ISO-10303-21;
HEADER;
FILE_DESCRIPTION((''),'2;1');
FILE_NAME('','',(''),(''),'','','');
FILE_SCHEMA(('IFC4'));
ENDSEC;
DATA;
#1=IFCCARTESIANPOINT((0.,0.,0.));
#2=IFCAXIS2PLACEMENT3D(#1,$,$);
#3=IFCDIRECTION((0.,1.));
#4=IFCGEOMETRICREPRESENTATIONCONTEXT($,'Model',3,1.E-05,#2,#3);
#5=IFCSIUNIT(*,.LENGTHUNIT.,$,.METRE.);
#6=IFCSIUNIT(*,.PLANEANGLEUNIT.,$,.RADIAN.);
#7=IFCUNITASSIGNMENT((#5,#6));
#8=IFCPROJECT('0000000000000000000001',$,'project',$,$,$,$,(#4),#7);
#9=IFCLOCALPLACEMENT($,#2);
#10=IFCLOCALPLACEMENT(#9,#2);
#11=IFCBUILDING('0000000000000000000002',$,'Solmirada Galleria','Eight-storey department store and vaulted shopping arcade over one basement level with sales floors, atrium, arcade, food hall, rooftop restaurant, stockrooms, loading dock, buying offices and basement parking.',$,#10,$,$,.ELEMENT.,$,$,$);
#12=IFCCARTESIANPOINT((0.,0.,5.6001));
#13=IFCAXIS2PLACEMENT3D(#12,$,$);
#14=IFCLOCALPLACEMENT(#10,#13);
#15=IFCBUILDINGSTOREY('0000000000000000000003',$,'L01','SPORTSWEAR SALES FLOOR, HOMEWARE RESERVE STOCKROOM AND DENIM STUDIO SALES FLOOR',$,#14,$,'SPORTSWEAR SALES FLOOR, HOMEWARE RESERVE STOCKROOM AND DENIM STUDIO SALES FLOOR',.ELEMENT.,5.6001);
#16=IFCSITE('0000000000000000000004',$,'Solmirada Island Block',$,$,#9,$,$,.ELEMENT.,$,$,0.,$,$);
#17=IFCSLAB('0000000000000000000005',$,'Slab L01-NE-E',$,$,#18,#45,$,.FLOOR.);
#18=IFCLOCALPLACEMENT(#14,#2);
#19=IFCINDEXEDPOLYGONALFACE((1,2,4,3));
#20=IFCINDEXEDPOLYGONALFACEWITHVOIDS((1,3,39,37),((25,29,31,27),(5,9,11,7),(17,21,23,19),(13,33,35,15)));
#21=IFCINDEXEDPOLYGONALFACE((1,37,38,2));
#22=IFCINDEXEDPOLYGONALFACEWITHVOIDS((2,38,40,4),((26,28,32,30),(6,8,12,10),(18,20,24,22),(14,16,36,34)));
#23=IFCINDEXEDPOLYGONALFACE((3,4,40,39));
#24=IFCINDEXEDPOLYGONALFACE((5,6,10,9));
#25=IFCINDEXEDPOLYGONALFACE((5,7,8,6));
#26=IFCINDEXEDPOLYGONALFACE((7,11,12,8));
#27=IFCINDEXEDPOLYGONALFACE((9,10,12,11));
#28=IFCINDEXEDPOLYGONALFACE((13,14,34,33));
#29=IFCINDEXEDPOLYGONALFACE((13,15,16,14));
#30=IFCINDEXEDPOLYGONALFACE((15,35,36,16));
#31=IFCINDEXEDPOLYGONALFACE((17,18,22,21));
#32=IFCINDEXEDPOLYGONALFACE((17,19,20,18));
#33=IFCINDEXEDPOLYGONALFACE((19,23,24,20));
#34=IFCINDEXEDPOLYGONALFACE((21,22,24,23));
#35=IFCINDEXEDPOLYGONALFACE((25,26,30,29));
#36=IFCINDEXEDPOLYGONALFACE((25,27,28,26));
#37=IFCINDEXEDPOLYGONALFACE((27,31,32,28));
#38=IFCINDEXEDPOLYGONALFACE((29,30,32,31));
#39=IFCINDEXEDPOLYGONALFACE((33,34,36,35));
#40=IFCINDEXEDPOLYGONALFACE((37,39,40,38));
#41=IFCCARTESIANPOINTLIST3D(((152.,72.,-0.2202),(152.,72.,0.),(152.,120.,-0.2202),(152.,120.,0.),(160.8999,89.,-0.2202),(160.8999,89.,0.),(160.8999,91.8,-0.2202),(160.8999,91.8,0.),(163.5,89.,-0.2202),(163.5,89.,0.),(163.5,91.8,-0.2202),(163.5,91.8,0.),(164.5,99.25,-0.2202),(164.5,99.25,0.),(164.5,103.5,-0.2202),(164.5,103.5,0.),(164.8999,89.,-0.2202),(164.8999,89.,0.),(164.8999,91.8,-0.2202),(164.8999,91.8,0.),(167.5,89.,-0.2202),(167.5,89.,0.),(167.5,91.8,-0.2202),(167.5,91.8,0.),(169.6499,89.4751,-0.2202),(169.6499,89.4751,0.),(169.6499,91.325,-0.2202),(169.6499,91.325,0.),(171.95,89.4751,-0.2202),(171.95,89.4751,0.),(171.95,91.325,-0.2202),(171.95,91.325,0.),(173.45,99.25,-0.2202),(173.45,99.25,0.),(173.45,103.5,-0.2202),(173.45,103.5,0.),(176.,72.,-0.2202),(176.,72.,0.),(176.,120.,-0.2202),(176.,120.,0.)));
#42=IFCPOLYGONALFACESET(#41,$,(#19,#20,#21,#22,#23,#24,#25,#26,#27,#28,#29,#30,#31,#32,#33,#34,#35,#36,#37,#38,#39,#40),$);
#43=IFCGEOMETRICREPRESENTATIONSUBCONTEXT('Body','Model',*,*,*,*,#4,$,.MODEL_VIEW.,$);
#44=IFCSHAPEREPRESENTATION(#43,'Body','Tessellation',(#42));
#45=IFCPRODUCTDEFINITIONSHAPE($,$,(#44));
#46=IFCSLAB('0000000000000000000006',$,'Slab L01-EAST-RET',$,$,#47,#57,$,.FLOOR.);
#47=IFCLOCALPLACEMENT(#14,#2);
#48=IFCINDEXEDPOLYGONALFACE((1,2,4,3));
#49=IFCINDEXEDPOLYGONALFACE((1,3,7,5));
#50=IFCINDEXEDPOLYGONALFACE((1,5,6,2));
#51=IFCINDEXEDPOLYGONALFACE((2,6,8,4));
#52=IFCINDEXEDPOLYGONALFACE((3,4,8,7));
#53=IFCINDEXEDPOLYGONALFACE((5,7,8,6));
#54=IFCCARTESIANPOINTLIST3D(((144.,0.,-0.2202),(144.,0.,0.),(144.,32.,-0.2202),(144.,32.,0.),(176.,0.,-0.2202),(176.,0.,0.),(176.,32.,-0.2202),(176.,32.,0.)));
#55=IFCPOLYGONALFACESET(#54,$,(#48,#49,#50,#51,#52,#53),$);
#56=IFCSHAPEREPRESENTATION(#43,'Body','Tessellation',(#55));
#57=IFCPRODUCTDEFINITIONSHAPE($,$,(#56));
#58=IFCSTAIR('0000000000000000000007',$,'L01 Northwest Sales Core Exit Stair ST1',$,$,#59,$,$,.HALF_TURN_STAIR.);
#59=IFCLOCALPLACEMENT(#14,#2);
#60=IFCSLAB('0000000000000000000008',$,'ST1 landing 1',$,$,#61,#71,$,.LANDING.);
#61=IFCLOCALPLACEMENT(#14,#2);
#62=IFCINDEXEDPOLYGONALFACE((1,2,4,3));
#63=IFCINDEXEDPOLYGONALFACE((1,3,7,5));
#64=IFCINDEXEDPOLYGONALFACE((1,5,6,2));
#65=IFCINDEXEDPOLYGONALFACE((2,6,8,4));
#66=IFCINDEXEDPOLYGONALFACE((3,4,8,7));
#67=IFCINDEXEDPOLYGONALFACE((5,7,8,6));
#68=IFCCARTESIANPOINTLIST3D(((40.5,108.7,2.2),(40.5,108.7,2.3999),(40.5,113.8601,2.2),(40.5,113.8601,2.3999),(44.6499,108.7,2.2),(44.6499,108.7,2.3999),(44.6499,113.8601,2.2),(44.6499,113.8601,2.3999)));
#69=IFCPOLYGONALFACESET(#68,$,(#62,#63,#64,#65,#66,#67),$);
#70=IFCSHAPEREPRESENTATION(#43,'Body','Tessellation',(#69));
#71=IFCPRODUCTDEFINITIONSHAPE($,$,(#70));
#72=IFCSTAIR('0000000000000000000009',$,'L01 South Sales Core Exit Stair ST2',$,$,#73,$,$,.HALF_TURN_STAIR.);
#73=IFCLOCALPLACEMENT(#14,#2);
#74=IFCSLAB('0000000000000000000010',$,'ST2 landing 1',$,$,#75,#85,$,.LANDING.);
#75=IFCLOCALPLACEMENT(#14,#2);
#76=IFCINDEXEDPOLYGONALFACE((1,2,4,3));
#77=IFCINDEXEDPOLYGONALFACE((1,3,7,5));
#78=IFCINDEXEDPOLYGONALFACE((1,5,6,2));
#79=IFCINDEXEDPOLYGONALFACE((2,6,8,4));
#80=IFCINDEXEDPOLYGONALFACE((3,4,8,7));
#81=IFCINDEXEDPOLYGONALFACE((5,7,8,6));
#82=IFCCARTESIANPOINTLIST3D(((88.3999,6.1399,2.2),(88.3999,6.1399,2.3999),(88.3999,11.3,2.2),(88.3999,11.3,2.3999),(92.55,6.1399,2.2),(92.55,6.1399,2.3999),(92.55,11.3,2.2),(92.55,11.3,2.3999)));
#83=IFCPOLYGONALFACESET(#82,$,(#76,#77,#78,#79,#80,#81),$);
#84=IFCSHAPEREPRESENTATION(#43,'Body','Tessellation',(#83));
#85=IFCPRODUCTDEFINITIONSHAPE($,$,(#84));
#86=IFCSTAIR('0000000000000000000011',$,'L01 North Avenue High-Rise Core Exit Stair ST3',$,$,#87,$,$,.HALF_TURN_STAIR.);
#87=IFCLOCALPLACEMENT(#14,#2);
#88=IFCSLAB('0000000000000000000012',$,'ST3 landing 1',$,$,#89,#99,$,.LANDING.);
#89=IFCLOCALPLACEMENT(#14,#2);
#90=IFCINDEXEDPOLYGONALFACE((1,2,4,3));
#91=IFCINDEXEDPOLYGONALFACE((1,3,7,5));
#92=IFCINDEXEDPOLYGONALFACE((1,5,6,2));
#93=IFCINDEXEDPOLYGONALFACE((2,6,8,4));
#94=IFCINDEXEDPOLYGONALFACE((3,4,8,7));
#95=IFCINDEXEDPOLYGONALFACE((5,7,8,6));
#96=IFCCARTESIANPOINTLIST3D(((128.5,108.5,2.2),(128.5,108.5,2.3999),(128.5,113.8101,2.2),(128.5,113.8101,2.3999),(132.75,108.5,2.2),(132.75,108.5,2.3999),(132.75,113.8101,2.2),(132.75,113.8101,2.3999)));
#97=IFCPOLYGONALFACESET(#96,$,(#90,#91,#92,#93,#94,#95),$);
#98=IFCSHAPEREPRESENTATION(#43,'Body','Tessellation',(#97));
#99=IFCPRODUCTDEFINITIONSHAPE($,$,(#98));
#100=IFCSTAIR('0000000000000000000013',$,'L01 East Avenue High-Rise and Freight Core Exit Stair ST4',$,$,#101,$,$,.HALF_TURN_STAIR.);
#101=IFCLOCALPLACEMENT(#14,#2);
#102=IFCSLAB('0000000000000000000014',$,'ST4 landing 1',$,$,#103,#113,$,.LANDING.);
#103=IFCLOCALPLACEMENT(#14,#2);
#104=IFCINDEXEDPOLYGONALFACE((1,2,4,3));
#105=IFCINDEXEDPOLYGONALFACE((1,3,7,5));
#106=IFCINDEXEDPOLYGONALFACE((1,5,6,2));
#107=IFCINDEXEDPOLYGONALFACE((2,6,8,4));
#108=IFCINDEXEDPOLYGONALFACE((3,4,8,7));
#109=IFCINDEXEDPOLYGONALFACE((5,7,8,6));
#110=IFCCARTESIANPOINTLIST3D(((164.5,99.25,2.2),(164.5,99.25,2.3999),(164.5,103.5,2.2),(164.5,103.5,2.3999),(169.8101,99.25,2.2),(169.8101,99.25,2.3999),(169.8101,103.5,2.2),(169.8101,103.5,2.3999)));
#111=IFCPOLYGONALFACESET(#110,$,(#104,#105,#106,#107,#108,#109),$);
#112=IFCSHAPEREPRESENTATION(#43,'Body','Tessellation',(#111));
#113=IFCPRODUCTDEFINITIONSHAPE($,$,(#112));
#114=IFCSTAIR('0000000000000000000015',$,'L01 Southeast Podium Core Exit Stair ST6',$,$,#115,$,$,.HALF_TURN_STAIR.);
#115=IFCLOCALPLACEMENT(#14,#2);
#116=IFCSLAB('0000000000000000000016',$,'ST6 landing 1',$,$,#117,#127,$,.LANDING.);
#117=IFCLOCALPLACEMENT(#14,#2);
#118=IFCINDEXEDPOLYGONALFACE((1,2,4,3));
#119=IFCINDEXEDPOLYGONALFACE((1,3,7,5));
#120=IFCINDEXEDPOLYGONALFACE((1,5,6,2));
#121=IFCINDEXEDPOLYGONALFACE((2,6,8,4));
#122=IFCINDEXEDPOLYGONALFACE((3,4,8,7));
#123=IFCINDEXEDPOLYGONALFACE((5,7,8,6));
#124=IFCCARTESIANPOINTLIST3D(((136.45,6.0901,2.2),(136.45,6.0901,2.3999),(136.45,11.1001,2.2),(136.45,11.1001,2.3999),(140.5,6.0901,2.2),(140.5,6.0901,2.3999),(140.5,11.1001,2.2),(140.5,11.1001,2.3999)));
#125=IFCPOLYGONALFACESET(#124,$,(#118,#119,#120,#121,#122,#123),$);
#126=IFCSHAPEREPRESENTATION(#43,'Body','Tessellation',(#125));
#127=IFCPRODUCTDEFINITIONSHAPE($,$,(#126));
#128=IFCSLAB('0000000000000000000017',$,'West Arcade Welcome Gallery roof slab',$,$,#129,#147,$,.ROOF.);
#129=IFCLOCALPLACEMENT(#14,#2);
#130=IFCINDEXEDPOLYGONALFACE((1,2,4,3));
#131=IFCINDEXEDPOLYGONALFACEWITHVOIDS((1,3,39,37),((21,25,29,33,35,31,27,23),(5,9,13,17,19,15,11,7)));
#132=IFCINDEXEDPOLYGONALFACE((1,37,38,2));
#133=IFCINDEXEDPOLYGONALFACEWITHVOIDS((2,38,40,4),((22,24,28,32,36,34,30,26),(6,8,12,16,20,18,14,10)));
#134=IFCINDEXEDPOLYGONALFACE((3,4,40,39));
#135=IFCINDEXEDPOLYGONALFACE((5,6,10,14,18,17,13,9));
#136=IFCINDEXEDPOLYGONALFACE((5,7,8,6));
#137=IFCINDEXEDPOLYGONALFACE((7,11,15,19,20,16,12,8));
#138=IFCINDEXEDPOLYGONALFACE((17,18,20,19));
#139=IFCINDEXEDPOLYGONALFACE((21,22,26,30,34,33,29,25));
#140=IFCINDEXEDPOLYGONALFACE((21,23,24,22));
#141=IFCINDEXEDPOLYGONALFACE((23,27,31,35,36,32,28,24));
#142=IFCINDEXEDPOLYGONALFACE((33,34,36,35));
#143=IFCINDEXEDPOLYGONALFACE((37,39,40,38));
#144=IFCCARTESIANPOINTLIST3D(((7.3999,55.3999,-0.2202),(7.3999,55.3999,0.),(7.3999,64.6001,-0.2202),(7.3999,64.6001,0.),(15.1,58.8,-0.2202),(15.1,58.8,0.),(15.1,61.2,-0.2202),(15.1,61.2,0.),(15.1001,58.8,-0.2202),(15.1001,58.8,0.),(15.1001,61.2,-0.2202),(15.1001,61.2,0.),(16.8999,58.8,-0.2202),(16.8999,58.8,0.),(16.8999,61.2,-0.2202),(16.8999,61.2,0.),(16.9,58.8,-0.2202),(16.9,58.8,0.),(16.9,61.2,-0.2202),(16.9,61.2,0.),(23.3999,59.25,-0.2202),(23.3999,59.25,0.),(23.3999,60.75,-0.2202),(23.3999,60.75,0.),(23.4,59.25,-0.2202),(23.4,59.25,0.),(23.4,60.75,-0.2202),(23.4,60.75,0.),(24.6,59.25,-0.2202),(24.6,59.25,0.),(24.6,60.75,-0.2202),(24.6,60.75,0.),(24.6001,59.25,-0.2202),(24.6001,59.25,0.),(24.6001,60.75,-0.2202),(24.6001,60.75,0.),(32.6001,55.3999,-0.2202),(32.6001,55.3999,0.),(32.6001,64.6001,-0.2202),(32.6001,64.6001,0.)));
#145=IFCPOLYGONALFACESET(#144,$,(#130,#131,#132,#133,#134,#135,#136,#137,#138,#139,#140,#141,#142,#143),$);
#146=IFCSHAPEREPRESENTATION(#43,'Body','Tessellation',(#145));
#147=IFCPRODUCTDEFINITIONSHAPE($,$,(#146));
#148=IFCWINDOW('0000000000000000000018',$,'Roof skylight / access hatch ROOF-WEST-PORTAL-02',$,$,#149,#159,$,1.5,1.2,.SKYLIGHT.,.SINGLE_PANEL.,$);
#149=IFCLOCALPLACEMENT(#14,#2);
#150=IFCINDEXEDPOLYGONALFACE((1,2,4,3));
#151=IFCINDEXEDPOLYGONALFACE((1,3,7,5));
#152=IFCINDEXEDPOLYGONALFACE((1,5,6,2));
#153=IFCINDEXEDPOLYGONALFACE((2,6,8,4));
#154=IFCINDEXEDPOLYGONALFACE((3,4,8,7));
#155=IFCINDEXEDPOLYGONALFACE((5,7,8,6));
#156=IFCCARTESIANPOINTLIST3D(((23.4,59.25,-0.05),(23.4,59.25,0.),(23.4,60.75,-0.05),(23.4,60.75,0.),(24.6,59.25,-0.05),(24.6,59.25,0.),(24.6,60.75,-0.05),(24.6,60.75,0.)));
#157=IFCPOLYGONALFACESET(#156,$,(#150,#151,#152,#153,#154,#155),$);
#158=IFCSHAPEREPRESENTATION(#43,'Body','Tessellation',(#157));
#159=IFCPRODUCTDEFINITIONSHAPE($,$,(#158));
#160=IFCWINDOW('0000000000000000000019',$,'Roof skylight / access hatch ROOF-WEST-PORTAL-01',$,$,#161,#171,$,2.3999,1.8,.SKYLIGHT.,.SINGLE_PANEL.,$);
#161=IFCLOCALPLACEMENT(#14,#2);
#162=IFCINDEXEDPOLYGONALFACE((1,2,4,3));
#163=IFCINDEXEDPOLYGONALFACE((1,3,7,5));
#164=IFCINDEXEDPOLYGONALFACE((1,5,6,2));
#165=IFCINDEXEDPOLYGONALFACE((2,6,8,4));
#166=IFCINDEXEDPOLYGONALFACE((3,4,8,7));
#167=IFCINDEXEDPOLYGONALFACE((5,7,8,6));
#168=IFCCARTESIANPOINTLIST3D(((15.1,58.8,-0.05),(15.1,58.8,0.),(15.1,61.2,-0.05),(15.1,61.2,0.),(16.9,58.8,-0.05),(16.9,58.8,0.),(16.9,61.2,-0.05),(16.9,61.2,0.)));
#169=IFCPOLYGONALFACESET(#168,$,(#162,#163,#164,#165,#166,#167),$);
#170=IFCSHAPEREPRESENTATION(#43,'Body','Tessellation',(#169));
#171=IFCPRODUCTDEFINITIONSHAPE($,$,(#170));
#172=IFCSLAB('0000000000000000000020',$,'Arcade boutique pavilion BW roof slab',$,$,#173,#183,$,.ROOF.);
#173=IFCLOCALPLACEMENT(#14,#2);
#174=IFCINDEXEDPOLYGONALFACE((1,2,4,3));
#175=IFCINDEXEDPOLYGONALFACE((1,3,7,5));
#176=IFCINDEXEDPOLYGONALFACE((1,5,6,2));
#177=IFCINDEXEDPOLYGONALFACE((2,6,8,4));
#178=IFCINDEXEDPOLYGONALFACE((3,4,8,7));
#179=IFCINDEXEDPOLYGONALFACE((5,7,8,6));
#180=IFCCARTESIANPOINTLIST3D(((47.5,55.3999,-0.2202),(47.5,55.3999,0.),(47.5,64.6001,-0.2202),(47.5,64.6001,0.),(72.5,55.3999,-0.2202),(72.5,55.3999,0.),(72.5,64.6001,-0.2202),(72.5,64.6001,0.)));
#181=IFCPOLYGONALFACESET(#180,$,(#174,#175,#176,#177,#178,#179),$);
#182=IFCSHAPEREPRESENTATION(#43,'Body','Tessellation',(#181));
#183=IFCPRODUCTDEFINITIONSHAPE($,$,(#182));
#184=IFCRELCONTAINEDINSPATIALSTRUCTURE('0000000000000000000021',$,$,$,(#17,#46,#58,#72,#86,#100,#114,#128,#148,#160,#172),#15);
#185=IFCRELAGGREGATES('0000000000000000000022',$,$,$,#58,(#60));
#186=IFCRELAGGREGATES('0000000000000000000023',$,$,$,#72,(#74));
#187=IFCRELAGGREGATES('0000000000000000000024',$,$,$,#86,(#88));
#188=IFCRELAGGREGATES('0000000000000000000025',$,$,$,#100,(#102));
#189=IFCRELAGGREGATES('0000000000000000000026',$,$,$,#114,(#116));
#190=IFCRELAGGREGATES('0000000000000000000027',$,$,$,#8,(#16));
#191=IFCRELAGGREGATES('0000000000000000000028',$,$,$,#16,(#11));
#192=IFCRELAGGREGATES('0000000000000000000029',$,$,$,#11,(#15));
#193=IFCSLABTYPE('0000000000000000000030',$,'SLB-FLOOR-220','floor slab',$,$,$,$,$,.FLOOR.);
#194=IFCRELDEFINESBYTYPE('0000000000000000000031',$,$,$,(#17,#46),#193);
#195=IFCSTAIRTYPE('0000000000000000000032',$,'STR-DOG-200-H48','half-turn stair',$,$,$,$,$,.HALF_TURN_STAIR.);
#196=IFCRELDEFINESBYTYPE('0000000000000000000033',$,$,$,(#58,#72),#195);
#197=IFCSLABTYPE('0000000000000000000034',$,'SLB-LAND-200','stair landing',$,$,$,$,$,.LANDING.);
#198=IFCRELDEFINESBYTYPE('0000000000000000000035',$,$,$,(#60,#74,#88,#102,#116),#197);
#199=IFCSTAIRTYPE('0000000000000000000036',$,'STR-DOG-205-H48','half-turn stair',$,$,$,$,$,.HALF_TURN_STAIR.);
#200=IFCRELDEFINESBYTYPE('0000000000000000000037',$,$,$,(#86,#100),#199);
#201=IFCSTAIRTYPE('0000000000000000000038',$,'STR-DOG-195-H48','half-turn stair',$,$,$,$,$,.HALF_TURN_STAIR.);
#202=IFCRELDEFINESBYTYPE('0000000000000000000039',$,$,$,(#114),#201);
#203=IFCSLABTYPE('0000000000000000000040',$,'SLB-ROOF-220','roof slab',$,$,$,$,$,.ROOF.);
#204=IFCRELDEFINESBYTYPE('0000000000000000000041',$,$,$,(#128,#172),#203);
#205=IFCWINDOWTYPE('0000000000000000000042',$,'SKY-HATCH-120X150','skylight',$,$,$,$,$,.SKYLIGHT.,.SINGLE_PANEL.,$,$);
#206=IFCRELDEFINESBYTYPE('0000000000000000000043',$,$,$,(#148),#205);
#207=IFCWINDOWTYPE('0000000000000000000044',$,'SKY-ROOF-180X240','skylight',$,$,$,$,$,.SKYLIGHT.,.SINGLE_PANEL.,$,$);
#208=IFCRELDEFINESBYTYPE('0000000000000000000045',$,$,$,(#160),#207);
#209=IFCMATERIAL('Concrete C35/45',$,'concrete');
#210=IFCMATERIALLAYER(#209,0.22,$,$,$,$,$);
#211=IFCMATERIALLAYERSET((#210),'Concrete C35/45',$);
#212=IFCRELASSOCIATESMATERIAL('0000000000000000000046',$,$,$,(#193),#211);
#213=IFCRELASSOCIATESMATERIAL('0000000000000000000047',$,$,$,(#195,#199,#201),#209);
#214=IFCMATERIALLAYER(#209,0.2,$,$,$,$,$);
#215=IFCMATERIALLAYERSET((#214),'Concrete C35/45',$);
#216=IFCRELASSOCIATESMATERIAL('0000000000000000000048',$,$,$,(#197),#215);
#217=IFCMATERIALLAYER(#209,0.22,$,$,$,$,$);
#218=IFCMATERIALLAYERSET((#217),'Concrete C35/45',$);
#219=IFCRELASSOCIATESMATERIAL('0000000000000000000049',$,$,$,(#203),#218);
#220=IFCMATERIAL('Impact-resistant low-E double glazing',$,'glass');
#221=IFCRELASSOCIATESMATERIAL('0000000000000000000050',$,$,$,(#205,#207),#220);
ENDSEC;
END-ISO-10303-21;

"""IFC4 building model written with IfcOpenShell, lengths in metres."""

from ifc_helpers import new_model, si_unit, direction, frame, origin, origin_2d, place, context, subcontext, project, spatial, polyline, rectangle, outline, extrude, material, layer, layer_set, type_object, element, fill, aggregate, save


model = new_model("IFC4")

# Units and contexts
model_context = context("Model", 3, precision=1e-05, world=origin(), true_north=direction((0.0, 1.0)))
body_context = subcontext(model_context, "Body", "Model", "MODEL_VIEW")
ifc_project = project(units=[si_unit("LENGTHUNIT", "METRE"), si_unit("PLANEANGLEUNIT", "RADIAN")], contexts=[model_context])

# Site, building, storey
site_placement = place(None, origin())
site = spatial("IfcSite", under=ifc_project, at=site_placement, Name="Solmirada Island Block", CompositionType="ELEMENT", RefElevation=0.0)
building_placement = place(site_placement, origin())
building = spatial("IfcBuilding", under=site, at=building_placement, Name="Solmirada Galleria", Description="Eight-storey department store and vaulted shopping arcade over one basement level with sales floors, atrium, arcade, food hall, rooftop restaurant, stockrooms, loading dock, buying offices and basement parking.", CompositionType="ELEMENT")
storey_placement = place(building_placement, frame((0.0, 0.0, 5.6001)))
storey = spatial("IfcBuildingStorey", under=building, at=storey_placement, Name="L01", Description="SPORTSWEAR SALES FLOOR, HOMEWARE RESERVE STOCKROOM AND DENIM STUDIO SALES FLOOR", LongName="SPORTSWEAR SALES FLOOR, HOMEWARE RESERVE STOCKROOM AND DENIM STUDIO SALES FLOOR", CompositionType="ELEMENT", Elevation=5.6001)

# Slabs
ifc_material_1 = material(Name="Concrete C35/45", Category="concrete")
ifc_layer_1 = layer(ifc_material_1, 0.22)
ifc_layer_set_1 = layer_set([ifc_layer_1], Name="Concrete C35/45")
slab_type_1 = type_object("IfcSlabType", Name="SLB-FLOOR-220", Description="floor slab", PredefinedType="FLOOR", material=ifc_layer_set_1)
slab_1_placement = place(storey_placement, frame((0.0, 0.0, -0.2202)))
element("IfcSlab", 1, at=slab_1_placement, inside=storey, type_object=slab_type_1, Name="Slab L01-NE-E", PredefinedType="FLOOR", context=body_context, shape_type="SweptSolid", body=[
    extrude(outline(polyline([(152.0, 72.0), (176.0, 72.0), (176.0, 120.0), (152.0, 120.0), (152.0, 72.0)]), holes=[polyline([(164.5, 99.25), (173.45, 99.25), (173.45, 103.5), (164.5, 103.5), (164.5, 99.25)]), polyline([(169.6499, 89.4751), (171.95, 89.4751), (171.95, 91.325), (169.6499, 91.325), (169.6499, 89.4751)]), polyline([(164.8999, 89.0), (167.5, 89.0), (167.5, 91.8), (164.8999, 91.8), (164.8999, 89.0)]), polyline([(160.8999, 89.0), (163.5, 89.0), (163.5, 91.8), (160.8999, 91.8), (160.8999, 89.0)])]), origin(), (0.0, 0.0, 1.0), 0.2202),
])
slab_2_placement = place(storey_placement, frame((0.0, 0.0, -0.2202)))
element("IfcSlab", 2, at=slab_2_placement, inside=storey, type_object=slab_type_1, Name="Slab L01-EAST-RET", PredefinedType="FLOOR", context=body_context, shape_type="SweptSolid", body=[
    extrude(outline(polyline([(144.0, 0.0), (176.0, 0.0), (176.0, 32.0), (144.0, 32.0), (144.0, 0.0)])), origin(), (0.0, 0.0, 1.0), 0.2202),
])

# Stairs, slabs
stair_type_1 = type_object("IfcStairType", Name="STR-DOG-200-H48", Description="half-turn stair", PredefinedType="HALF_TURN_STAIR", material=ifc_material_1)
stair_1_placement = place(storey_placement, origin())
stair_1 = element("IfcStair", 3, at=stair_1_placement, inside=storey, type_object=stair_type_1, Name="L01 Northwest Sales Core Exit Stair ST1", PredefinedType="HALF_TURN_STAIR")
ifc_layer_2 = layer(ifc_material_1, 0.2)
ifc_layer_set_2 = layer_set([ifc_layer_2], Name="Concrete C35/45")
slab_type_2 = type_object("IfcSlabType", Name="SLB-LAND-200", Description="stair landing", PredefinedType="LANDING", material=ifc_layer_set_2)
slab_3_placement = place(storey_placement, frame((0.0, 0.0, 2.2)))
slab_3 = element("IfcSlab", 4, at=slab_3_placement, type_object=slab_type_2, Name="ST1 landing 1", PredefinedType="LANDING", context=body_context, shape_type="SweptSolid", body=[
    extrude(outline(polyline([(40.5, 113.8601), (40.5, 108.7), (44.6499, 108.7), (44.6499, 113.8601), (40.5, 113.8601)])), origin(), (0.0, 0.0, 1.0), 0.2),
])
aggregate(stair_1, [slab_3])
stair_2_placement = place(storey_placement, origin())
stair_2 = element("IfcStair", 5, at=stair_2_placement, inside=storey, type_object=stair_type_1, Name="L01 South Sales Core Exit Stair ST2", PredefinedType="HALF_TURN_STAIR")
slab_4_placement = place(storey_placement, frame((0.0, 0.0, 2.2)))
slab_4 = element("IfcSlab", 6, at=slab_4_placement, type_object=slab_type_2, Name="ST2 landing 1", PredefinedType="LANDING", context=body_context, shape_type="SweptSolid", body=[
    extrude(outline(polyline([(92.55, 6.1399), (92.55, 11.3), (88.3999, 11.3), (88.3999, 6.1399), (92.55, 6.1399)])), origin(), (0.0, 0.0, 1.0), 0.2),
])
aggregate(stair_2, [slab_4])
stair_type_2 = type_object("IfcStairType", Name="STR-DOG-205-H48", Description="half-turn stair", PredefinedType="HALF_TURN_STAIR", material=ifc_material_1)
stair_3_placement = place(storey_placement, origin())
stair_3 = element("IfcStair", 7, at=stair_3_placement, inside=storey, type_object=stair_type_2, Name="L01 North Avenue High-Rise Core Exit Stair ST3", PredefinedType="HALF_TURN_STAIR")
slab_5_placement = place(storey_placement, frame((0.0, 0.0, 2.2)))
slab_5 = element("IfcSlab", 8, at=slab_5_placement, type_object=slab_type_2, Name="ST3 landing 1", PredefinedType="LANDING", context=body_context, shape_type="SweptSolid", body=[
    extrude(outline(polyline([(128.5, 113.8101), (128.5, 108.5), (132.75, 108.5), (132.75, 113.8101), (128.5, 113.8101)])), origin(), (0.0, 0.0, 1.0), 0.2),
])
aggregate(stair_3, [slab_5])
stair_4_placement = place(storey_placement, origin())
stair_4 = element("IfcStair", 9, at=stair_4_placement, inside=storey, type_object=stair_type_2, Name="L01 East Avenue High-Rise and Freight Core Exit Stair ST4", PredefinedType="HALF_TURN_STAIR")
slab_6_placement = place(storey_placement, frame((0.0, 0.0, 2.2)))
slab_6 = element("IfcSlab", 10, at=slab_6_placement, type_object=slab_type_2, Name="ST4 landing 1", PredefinedType="LANDING", context=body_context, shape_type="SweptSolid", body=[
    extrude(outline(polyline([(169.8101, 103.5), (164.5, 103.5), (164.5, 99.25), (169.8101, 99.25), (169.8101, 103.5)])), origin(), (0.0, 0.0, 1.0), 0.2),
])
aggregate(stair_4, [slab_6])
stair_type_3 = type_object("IfcStairType", Name="STR-DOG-195-H48", Description="half-turn stair", PredefinedType="HALF_TURN_STAIR", material=ifc_material_1)
stair_5_placement = place(storey_placement, origin())
stair_5 = element("IfcStair", 11, at=stair_5_placement, inside=storey, type_object=stair_type_3, Name="L01 Southeast Podium Core Exit Stair ST6", PredefinedType="HALF_TURN_STAIR")
slab_7_placement = place(storey_placement, frame((0.0, 0.0, 2.2)))
slab_7 = element("IfcSlab", 12, at=slab_7_placement, type_object=slab_type_2, Name="ST6 landing 1", PredefinedType="LANDING", context=body_context, shape_type="SweptSolid", body=[
    extrude(outline(polyline([(140.5, 6.0901), (140.5, 11.1001), (136.45, 11.1001), (136.45, 6.0901), (140.5, 6.0901)])), origin(), (0.0, 0.0, 1.0), 0.2),
])
aggregate(stair_5, [slab_7])

# Slab, openings, windows
ifc_layer_3 = layer(ifc_material_1, 0.22)
ifc_layer_set_3 = layer_set([ifc_layer_3], Name="Concrete C35/45")
slab_type_3 = type_object("IfcSlabType", Name="SLB-ROOF-220", Description="roof slab", PredefinedType="ROOF", material=ifc_layer_set_3)
slab_8_placement = place(storey_placement, frame((0.0, 0.0, -0.2202)))
slab_8 = element("IfcSlab", 13, at=slab_8_placement, inside=storey, type_object=slab_type_3, Name="West Arcade Welcome Gallery roof slab", PredefinedType="ROOF", context=body_context, shape_type="SweptSolid", body=[
    extrude(outline(polyline([(7.3999, 55.3999), (32.6001, 55.3999), (32.6001, 64.6001), (7.3999, 64.6001), (7.3999, 55.3999)]), holes=[polyline([(15.1001, 58.8), (16.8999, 58.8), (16.8999, 61.2), (15.1001, 61.2), (15.1001, 58.8)]), polyline([(23.3999, 59.25), (24.6001, 59.25), (24.6001, 60.75), (23.3999, 60.75), (23.3999, 59.25)])]), origin(), (0.0, 0.0, 1.0), 0.2202),
])
opening_1_placement = place(slab_8_placement, frame((16.0, 60.0, -0.01)))
opening_1 = element("IfcOpeningElement", 14, at=opening_1_placement, cuts=slab_8, PredefinedType="OPENING", context=body_context, shape_type="SweptSolid", body=[
    extrude(rectangle(XDim=1.8, YDim=2.3999, at=origin_2d()), origin(), (0.0, 0.0, 1.0), 0.2402),
])
opening_2_placement = place(slab_8_placement, frame((24.0, 60.0, -0.01)))
opening_2 = element("IfcOpeningElement", 15, at=opening_2_placement, cuts=slab_8, PredefinedType="OPENING", context=body_context, shape_type="SweptSolid", body=[
    extrude(rectangle(XDim=1.2, YDim=1.5, at=origin_2d()), origin(), (0.0, 0.0, 1.0), 0.2402),
])
ifc_material_2 = material(Name="Impact-resistant low-E double glazing", Category="glass")
window_type_1 = type_object("IfcWindowType", Name="SKY-HATCH-120X150", Description="skylight", PartitioningType="SINGLE_PANEL", PredefinedType="SKYLIGHT", material=ifc_material_2)
window_1_placement = place(slab_8_placement, frame((24.0, 60.0, 0.1702)))
window_1 = element("IfcWindow", 16, at=window_1_placement, inside=storey, type_object=window_type_1, Name="Roof skylight / access hatch ROOF-WEST-PORTAL-02", OverallHeight=1.5, OverallWidth=1.2, PartitioningType="SINGLE_PANEL", PredefinedType="SKYLIGHT", context=body_context, shape_type="SweptSolid", body=[
    extrude(rectangle(XDim=1.2, YDim=1.5, at=origin_2d()), origin(), (0.0, 0.0, 1.0), 0.05),
])
fill(opening_2, window_1)
window_type_2 = type_object("IfcWindowType", Name="SKY-ROOF-180X240", Description="skylight", PartitioningType="SINGLE_PANEL", PredefinedType="SKYLIGHT", material=ifc_material_2)
window_2_placement = place(slab_8_placement, frame((16.0, 60.0, 0.1702)))
window_2 = element("IfcWindow", 17, at=window_2_placement, inside=storey, type_object=window_type_2, Name="Roof skylight / access hatch ROOF-WEST-PORTAL-01", OverallHeight=2.3999, OverallWidth=1.8, PartitioningType="SINGLE_PANEL", PredefinedType="SKYLIGHT", context=body_context, shape_type="SweptSolid", body=[
    extrude(rectangle(XDim=1.8, YDim=2.3999, at=origin_2d()), origin(), (0.0, 0.0, 1.0), 0.05),
])
fill(opening_1, window_2)

# Slab
slab_9_placement = place(storey_placement, frame((0.0, 0.0, -0.2202)))
element("IfcSlab", 18, at=slab_9_placement, inside=storey, type_object=slab_type_3, Name="Arcade boutique pavilion BW roof slab", PredefinedType="ROOF", context=body_context, shape_type="SweptSolid", body=[
    extrude(outline(polyline([(47.5, 55.3999), (72.5, 55.3999), (72.5, 64.6001), (47.5, 64.6001), (47.5, 55.3999)])), origin(), (0.0, 0.0, 1.0), 0.2202),
])

save(model, "model.ifc")
